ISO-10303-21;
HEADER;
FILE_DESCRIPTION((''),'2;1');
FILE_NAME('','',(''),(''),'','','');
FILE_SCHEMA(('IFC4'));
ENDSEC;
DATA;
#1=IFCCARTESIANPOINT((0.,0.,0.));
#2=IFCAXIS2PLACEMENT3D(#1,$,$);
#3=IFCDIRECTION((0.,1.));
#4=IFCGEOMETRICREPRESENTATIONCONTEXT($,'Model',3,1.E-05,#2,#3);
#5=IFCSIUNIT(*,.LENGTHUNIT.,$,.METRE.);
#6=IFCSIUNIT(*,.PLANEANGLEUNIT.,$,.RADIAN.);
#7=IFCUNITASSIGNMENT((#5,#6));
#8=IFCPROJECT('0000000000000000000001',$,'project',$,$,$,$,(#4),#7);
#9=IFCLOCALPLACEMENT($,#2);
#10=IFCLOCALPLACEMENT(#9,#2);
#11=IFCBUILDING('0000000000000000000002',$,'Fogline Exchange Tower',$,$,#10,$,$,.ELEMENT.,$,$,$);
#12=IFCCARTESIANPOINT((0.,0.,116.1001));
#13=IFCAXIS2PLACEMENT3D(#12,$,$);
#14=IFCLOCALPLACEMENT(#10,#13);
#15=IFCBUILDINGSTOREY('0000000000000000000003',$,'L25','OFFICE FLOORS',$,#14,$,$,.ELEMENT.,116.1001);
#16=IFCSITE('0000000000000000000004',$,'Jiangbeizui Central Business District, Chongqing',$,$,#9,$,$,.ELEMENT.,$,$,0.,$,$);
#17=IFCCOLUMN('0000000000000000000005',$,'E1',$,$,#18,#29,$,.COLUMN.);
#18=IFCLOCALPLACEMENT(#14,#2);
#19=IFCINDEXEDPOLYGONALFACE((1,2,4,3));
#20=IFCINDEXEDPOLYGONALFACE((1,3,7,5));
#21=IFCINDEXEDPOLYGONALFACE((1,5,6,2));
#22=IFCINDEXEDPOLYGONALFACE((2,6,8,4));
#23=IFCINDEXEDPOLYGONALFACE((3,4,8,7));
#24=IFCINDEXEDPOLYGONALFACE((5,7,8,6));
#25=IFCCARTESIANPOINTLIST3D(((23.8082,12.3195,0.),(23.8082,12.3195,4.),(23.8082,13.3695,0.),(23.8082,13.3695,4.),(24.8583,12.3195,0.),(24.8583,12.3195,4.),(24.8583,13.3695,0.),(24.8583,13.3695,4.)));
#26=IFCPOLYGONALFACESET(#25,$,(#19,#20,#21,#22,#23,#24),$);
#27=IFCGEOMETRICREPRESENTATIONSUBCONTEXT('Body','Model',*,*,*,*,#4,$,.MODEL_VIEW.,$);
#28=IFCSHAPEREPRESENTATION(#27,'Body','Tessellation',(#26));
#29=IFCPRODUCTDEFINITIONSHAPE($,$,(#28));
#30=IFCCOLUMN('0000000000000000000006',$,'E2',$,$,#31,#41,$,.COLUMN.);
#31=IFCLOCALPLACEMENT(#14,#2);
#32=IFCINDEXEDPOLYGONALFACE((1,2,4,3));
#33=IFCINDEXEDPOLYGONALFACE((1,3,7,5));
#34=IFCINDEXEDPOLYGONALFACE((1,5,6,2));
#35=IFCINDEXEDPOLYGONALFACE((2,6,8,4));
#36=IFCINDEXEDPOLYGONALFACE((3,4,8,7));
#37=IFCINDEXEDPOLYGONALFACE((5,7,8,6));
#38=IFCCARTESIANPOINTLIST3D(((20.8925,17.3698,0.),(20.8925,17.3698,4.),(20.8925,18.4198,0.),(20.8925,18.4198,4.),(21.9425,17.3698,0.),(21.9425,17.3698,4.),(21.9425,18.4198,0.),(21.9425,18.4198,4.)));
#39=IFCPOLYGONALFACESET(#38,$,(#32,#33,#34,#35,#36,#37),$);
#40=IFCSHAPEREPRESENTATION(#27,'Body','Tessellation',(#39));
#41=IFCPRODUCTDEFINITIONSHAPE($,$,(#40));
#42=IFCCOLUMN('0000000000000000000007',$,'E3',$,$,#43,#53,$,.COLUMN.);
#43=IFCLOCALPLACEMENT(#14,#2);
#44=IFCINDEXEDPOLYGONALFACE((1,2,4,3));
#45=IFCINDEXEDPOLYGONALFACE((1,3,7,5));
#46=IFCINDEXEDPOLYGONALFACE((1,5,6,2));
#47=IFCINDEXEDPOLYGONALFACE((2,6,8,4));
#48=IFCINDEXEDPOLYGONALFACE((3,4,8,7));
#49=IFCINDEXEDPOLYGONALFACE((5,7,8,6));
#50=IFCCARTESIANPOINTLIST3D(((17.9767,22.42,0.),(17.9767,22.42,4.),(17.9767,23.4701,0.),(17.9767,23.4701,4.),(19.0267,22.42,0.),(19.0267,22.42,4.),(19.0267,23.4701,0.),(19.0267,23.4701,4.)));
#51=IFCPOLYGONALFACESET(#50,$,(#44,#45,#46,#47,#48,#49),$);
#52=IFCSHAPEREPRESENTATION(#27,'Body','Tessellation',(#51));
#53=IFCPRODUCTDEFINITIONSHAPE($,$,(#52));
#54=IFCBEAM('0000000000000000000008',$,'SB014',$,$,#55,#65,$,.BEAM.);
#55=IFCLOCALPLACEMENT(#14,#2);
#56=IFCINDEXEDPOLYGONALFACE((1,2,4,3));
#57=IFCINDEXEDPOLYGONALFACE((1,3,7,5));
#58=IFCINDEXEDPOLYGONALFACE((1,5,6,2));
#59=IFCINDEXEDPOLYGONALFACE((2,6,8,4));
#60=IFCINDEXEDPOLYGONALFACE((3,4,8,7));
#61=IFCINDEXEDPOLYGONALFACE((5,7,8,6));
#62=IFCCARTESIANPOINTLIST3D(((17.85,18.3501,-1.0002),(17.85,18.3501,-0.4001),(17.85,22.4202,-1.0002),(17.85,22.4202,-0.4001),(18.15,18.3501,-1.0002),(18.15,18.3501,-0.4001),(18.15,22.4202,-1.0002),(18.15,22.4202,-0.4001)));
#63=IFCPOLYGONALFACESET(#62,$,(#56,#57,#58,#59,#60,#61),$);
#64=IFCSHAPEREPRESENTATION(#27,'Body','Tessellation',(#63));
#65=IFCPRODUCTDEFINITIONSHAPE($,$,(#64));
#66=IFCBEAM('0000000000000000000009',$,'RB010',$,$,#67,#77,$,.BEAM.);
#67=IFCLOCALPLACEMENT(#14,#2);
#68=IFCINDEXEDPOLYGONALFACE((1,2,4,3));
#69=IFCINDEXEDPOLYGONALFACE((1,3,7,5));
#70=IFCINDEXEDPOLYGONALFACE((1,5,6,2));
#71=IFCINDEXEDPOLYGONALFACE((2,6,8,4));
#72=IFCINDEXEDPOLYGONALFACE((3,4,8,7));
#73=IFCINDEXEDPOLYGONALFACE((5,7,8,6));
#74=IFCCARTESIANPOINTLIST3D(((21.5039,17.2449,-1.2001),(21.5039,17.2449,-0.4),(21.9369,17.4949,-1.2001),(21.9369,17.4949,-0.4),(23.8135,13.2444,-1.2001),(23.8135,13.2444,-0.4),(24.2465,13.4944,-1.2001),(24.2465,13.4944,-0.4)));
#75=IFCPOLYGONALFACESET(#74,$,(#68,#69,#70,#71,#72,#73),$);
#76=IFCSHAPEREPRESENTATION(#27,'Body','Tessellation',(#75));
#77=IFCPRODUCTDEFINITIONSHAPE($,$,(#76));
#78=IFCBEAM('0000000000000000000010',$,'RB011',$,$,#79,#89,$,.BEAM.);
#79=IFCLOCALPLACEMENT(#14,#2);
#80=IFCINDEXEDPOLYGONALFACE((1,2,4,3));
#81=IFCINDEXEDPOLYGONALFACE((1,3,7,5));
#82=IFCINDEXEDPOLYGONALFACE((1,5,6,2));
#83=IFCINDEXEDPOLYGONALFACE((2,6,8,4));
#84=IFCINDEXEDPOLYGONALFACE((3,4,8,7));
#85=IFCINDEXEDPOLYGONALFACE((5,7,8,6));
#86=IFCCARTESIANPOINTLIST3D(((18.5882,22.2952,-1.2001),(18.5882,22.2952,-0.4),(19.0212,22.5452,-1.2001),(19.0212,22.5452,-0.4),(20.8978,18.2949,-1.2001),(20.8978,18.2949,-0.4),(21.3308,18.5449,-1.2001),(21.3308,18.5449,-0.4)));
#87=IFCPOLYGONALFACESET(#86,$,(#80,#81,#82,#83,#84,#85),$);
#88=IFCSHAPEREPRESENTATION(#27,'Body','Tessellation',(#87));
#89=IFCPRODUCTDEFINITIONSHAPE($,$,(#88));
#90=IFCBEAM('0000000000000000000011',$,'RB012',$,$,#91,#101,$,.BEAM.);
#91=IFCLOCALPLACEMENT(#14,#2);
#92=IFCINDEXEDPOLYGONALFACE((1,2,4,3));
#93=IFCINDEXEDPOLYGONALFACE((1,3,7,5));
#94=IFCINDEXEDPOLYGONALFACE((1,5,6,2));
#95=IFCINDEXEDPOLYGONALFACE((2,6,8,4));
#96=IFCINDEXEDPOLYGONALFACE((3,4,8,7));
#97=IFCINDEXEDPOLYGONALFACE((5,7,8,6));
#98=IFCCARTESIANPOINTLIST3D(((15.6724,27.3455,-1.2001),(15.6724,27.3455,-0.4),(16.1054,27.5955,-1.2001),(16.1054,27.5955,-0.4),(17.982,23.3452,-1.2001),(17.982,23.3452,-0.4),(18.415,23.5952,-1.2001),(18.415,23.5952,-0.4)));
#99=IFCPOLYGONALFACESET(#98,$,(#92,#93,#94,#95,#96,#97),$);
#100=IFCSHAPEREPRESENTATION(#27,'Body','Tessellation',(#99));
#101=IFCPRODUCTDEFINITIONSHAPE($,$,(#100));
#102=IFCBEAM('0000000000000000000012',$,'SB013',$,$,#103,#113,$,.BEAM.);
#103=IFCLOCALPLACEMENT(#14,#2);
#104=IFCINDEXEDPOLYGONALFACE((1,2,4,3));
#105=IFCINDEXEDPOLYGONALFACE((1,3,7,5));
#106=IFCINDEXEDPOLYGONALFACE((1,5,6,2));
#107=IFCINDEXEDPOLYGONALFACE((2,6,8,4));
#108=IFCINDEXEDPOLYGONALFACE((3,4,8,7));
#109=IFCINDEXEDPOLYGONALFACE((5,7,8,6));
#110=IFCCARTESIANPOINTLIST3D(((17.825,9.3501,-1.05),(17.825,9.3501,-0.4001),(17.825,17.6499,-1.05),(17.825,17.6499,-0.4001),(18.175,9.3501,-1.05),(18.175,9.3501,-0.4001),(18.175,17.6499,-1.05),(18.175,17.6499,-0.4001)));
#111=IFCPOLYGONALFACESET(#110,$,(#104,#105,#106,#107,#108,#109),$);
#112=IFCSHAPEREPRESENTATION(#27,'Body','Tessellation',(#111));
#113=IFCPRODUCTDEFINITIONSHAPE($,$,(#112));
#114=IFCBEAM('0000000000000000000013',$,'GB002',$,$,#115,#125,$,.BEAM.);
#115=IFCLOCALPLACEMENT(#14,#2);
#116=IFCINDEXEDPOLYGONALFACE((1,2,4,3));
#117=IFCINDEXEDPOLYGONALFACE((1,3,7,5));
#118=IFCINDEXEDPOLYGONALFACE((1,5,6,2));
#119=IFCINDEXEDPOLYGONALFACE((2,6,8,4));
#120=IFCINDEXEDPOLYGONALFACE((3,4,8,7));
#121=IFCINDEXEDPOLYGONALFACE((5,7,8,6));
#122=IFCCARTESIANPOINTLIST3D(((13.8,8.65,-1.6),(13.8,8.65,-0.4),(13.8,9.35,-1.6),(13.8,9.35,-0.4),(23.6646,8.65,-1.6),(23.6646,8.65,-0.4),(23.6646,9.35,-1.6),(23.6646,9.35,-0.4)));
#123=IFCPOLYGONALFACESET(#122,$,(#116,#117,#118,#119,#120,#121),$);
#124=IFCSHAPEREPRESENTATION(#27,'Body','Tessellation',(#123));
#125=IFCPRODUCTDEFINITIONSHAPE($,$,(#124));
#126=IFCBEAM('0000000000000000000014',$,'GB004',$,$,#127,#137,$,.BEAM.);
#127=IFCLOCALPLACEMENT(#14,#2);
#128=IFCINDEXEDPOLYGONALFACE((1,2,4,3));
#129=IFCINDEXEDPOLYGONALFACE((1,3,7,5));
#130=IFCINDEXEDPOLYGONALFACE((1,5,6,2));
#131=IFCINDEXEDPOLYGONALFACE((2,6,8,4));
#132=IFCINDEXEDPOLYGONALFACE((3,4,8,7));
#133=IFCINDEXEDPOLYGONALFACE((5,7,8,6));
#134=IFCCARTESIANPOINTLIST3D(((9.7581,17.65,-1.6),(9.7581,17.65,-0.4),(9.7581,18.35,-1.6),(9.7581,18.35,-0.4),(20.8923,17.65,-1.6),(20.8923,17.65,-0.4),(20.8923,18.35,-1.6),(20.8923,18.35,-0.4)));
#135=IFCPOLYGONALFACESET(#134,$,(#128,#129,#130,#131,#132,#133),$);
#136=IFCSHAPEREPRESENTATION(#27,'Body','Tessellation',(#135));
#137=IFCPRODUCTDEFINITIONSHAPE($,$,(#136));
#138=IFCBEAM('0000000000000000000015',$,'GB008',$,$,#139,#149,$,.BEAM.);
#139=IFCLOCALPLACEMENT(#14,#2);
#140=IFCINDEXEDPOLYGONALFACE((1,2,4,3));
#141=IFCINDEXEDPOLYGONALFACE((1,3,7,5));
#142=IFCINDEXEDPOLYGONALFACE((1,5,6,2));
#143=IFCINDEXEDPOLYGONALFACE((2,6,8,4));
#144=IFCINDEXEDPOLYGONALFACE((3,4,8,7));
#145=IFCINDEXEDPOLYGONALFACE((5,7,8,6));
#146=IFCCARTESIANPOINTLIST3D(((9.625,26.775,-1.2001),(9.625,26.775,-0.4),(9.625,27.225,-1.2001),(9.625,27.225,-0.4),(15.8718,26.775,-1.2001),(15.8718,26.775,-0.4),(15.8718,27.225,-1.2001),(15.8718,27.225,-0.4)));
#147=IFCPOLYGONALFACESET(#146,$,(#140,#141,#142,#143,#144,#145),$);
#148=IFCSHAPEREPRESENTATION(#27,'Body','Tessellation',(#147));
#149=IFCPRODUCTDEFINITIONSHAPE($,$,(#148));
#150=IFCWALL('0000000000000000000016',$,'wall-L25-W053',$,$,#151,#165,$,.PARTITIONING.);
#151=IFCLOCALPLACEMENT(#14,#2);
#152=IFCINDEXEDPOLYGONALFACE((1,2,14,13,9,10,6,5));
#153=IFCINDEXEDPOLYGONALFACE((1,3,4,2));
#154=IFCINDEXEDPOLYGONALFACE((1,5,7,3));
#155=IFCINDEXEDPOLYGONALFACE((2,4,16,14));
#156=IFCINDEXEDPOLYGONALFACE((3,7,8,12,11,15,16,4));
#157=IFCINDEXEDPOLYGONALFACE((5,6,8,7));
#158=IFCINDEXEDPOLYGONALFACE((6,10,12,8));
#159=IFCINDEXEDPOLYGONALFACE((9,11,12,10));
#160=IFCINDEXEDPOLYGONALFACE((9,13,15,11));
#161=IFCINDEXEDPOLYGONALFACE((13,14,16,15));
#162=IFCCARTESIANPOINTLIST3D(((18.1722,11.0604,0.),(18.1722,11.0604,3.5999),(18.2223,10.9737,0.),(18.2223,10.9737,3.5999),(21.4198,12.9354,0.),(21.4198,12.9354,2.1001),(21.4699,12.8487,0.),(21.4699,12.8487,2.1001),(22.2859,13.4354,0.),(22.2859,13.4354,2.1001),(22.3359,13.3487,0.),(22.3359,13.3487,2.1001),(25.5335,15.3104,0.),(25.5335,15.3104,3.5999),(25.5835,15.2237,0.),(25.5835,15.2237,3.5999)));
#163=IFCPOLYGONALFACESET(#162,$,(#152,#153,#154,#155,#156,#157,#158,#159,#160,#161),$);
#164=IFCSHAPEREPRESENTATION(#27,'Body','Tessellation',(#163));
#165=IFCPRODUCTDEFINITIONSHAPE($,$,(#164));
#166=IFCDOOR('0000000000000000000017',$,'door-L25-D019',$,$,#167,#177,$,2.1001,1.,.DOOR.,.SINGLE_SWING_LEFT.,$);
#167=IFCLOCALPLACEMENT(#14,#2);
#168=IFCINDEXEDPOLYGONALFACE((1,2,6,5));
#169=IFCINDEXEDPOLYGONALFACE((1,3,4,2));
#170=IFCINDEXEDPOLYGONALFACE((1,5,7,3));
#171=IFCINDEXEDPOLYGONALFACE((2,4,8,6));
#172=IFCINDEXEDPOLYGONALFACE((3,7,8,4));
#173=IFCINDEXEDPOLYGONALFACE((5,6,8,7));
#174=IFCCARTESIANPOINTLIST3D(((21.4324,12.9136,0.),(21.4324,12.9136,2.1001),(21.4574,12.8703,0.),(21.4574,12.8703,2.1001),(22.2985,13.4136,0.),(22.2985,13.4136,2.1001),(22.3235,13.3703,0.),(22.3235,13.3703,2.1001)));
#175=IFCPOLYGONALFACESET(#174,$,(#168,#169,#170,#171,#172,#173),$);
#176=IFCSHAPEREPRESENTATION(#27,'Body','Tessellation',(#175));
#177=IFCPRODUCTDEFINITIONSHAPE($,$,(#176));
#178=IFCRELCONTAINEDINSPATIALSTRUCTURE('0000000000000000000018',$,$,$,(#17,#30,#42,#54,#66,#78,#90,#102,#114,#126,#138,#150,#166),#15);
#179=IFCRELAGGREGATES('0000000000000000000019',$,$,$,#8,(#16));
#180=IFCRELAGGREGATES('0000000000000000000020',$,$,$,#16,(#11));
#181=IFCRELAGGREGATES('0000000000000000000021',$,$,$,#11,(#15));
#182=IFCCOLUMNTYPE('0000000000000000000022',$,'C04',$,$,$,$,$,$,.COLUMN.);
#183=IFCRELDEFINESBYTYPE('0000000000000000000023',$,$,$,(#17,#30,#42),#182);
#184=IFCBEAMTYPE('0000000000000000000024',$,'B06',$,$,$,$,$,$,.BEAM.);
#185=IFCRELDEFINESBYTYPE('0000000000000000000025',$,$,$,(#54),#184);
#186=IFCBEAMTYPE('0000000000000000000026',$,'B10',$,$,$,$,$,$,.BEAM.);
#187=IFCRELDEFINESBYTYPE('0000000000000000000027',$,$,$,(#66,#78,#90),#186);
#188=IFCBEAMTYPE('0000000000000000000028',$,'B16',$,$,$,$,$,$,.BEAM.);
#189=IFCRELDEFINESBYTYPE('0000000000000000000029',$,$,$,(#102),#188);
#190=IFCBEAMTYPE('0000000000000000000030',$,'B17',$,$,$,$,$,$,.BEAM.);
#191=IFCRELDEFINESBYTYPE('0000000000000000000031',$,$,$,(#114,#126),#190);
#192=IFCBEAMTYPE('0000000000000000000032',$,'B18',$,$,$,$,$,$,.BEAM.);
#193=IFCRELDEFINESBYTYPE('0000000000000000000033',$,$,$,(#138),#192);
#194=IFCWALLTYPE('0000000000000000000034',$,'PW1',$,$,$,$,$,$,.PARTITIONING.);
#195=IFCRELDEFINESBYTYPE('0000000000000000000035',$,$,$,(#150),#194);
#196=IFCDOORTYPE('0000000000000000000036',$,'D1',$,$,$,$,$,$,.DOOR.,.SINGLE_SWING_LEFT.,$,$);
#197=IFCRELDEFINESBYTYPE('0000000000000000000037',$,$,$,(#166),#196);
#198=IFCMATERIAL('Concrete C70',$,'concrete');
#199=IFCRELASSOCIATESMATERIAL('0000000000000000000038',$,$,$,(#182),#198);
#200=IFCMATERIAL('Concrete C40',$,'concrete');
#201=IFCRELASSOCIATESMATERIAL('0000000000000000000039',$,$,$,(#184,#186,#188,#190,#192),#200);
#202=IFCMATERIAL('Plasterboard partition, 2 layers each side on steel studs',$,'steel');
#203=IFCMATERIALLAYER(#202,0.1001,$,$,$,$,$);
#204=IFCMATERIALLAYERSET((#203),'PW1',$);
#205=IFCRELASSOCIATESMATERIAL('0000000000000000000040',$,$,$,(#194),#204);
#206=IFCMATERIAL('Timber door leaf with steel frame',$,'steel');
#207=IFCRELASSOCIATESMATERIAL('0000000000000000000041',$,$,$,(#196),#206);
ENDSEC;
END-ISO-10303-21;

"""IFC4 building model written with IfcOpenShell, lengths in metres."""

from ifc_helpers import new_model, si_unit, direction, frame, frame_2d, origin, origin_2d, place, context, subcontext, project, spatial, rectangle, extrude, material, layer, layer_set, material_profile, profile_set, type_object, element, fill, save


model = new_model("IFC4")

# Units and contexts
model_context = context("Model", 3, precision=1e-05, world=origin(), true_north=direction((0.0, 1.0)))
body_context = subcontext(model_context, "Body", "Model", "MODEL_VIEW")
ifc_project = project(units=[si_unit("LENGTHUNIT", "METRE"), si_unit("PLANEANGLEUNIT", "RADIAN")], contexts=[model_context])

# Site, building, storey
site_placement = place(None, origin())
site = spatial("IfcSite", under=ifc_project, at=site_placement, Name="Jiangbeizui Central Business District, Chongqing", CompositionType="ELEMENT", RefElevation=0.0)
building_placement = place(site_placement, origin())
building = spatial("IfcBuilding", under=site, at=building_placement, Name="Fogline Exchange Tower", CompositionType="ELEMENT")
storey_placement = place(building_placement, frame((0.0, 0.0, 116.1001)))
storey = spatial("IfcBuildingStorey", under=building, at=storey_placement, Name="L25", Description="OFFICE FLOORS", CompositionType="ELEMENT", Elevation=116.1001)

# Columns
ifc_material_1 = material(Name="Concrete C70", Category="concrete")
ifc_material_profile_1 = material_profile(ifc_material_1, rectangle(XDim=1.05, YDim=1.05, at=origin_2d()), Name="RC 1050x1050")
ifc_profile_set_1 = profile_set([ifc_material_profile_1], Name="Concrete C70")
column_type = type_object("IfcColumnType", Name="C04", PredefinedType="COLUMN", material=ifc_profile_set_1)
for number, where, z_axis, x_axis, name in (
    (1, (24.3333, 12.8445, 0.0), (0.0, 0.0, 1.0), (1.0, 0.0, 0.0), "E1"),
    (2, (21.4175, 17.8948, 0.0), (0.0, 0.0, 1.0), (1.0, 0.0, 0.0), "E2"),
    (3, (18.5017, 22.9451, 0.0), (0.0, 0.0, 1.0), (1.0, 0.0, 0.0), "E3"),
):
    element("IfcColumn", number, at=place(storey_placement, frame(where, z_axis=z_axis, x_axis=x_axis)), inside=storey, type_object=column_type, Name=name, PredefinedType="COLUMN", context=body_context, shape_type="SweptSolid", body=[
        extrude(rectangle(XDim=1.05, YDim=1.05, at=origin_2d()), origin(), (0.0, 0.0, 1.0), 4.0),
    ])

# Beams
ifc_material_2 = material(Name="Concrete C40", Category="concrete")
ifc_material_profile_2 = material_profile(ifc_material_2, rectangle(XDim=0.3, YDim=0.6001, at=origin_2d()), Name="RC 300x600")
ifc_profile_set_2 = profile_set([ifc_material_profile_2], Name="Concrete C40")
beam_type_1 = type_object("IfcBeamType", Name="B06", PredefinedType="BEAM", material=ifc_profile_set_2)
beam_1_placement = place(storey_placement, frame((18.0, 18.3501, -0.7002), z_axis=(0.0, 1.0, 0.0), x_axis=(-1.0, 0.0, 0.0)))
element("IfcBeam", 4, at=beam_1_placement, inside=storey, type_object=beam_type_1, Name="SB014", PredefinedType="BEAM", context=body_context, shape_type="SweptSolid", body=[
    extrude(rectangle(XDim=0.3, YDim=0.6001, at=origin_2d()), origin(), (0.0, 0.0, 1.0), 4.0701),
])
ifc_material_profile_3 = material_profile(ifc_material_2, rectangle(XDim=0.5, YDim=0.8, at=origin_2d()), Name="RC 500x800")
ifc_profile_set_3 = profile_set([ifc_material_profile_3], Name="Concrete C40")
beam_type_2 = type_object("IfcBeamType", Name="B10", PredefinedType="BEAM", material=ifc_profile_set_3)
beam_2_placement = place(storey_placement, frame((24.03, 13.3694, -0.8), z_axis=(-0.499982, 0.866036, 0.0), x_axis=(-0.866036, -0.499982, 0.0)))
element("IfcBeam", 5, at=beam_2_placement, inside=storey, type_object=beam_type_2, Name="RB010", PredefinedType="BEAM", context=body_context, shape_type="SweptSolid", body=[
    extrude(rectangle(XDim=0.5, YDim=0.8, at=origin_2d()), origin(), (0.0, 0.0, 1.0), 4.6194),
])
for number, where, z_axis, x_axis, name in (
    (6, (21.1143, 18.4199, -0.8), (-0.500005, 0.866023, 0.0), (-0.866023, -0.500005, 0.0), "RB011"),
    (7, (18.1985, 23.4702, -0.8), (-0.500005, 0.866023, 0.0), (-0.866023, -0.500005, 0.0), "RB012"),
):
    element("IfcBeam", number, at=place(storey_placement, frame(where, z_axis=z_axis, x_axis=x_axis)), inside=storey, type_object=beam_type_2, Name=name, PredefinedType="BEAM", context=body_context, shape_type="SweptSolid", body=[
        extrude(rectangle(XDim=0.5, YDim=0.8, at=origin_2d()), origin(), (0.0, 0.0, 1.0), 4.6191),
    ])
ifc_material_profile_4 = material_profile(ifc_material_2, rectangle(XDim=0.3501, YDim=0.6499, at=origin_2d()), Name="RC 350x650")
ifc_profile_set_4 = profile_set([ifc_material_profile_4], Name="Concrete C40")
beam_type_3 = type_object("IfcBeamType", Name="B16", PredefinedType="BEAM", material=ifc_profile_set_4)
beam_3_placement = place(storey_placement, frame((18.0, 9.3501, -0.7251), z_axis=(0.0, 1.0, 0.0), x_axis=(-1.0, 0.0, 0.0)))
element("IfcBeam", 8, at=beam_3_placement, inside=storey, type_object=beam_type_3, Name="SB013", PredefinedType="BEAM", context=body_context, shape_type="SweptSolid", body=[
    extrude(rectangle(XDim=0.3501, YDim=0.6499, at=origin_2d()), origin(), (0.0, 0.0, 1.0), 8.2998),
])
ifc_material_profile_5 = material_profile(ifc_material_2, rectangle(XDim=0.7, YDim=1.2, at=origin_2d()), Name="RC 700x1200")
ifc_profile_set_5 = profile_set([ifc_material_profile_5], Name="Concrete C40")
beam_type_4 = type_object("IfcBeamType", Name="B17", PredefinedType="BEAM", material=ifc_profile_set_5)
beam_4_placement = place(storey_placement, frame((13.8, 9.0, -1.0), z_axis=(1.0, 0.0, 0.0), x_axis=(0.0, 1.0, 0.0)))
element("IfcBeam", 9, at=beam_4_placement, inside=storey, type_object=beam_type_4, Name="GB002", PredefinedType="BEAM", context=body_context, shape_type="SweptSolid", body=[
    extrude(rectangle(XDim=0.7, YDim=1.2, at=origin_2d()), origin(), (0.0, 0.0, 1.0), 9.8645),
])
beam_5_placement = place(storey_placement, frame((9.7581, 18.0, -1.0), z_axis=(1.0, 0.0, 0.0), x_axis=(0.0, 1.0, 0.0)))
element("IfcBeam", 10, at=beam_5_placement, inside=storey, type_object=beam_type_4, Name="GB004", PredefinedType="BEAM", context=body_context, shape_type="SweptSolid", body=[
    extrude(rectangle(XDim=0.7, YDim=1.2, at=origin_2d()), origin(), (0.0, 0.0, 1.0), 11.1343),
])
ifc_material_profile_6 = material_profile(ifc_material_2, rectangle(XDim=0.45, YDim=0.8, at=origin_2d()), Name="RC 450x800")
ifc_profile_set_6 = profile_set([ifc_material_profile_6], Name="Concrete C40")
beam_type_5 = type_object("IfcBeamType", Name="B18", PredefinedType="BEAM", material=ifc_profile_set_6)
beam_6_placement = place(storey_placement, frame((9.625, 27.0, -0.8), z_axis=(1.0, 0.0, 0.0), x_axis=(0.0, 1.0, 0.0)))
element("IfcBeam", 11, at=beam_6_placement, inside=storey, type_object=beam_type_5, Name="GB008", PredefinedType="BEAM", context=body_context, shape_type="SweptSolid", body=[
    extrude(rectangle(XDim=0.45, YDim=0.8, at=origin_2d()), origin(), (0.0, 0.0, 1.0), 6.2468),
])

# Wall, opening, door
ifc_material_3 = material(Name="Plasterboard partition, 2 layers each side on steel studs", Category="steel")
ifc_layer_1 = layer(ifc_material_3, 0.1001)
ifc_layer_set_1 = layer_set([ifc_layer_1], Name="PW1")
wall_type_1 = type_object("IfcWallType", Name="PW1", PredefinedType="PARTITIONING", material=ifc_layer_set_1)
wall_1_placement = place(storey_placement, frame((18.1973, 11.0171, 0.0), z_axis=(0.0, 0.0, 1.0), x_axis=(0.866029, 0.499994, 0.0)))
wall_1 = element("IfcWall", 12, at=wall_1_placement, inside=storey, type_object=wall_type_1, Name="wall-L25-W053", PredefinedType="PARTITIONING", context=body_context, shape_type="SweptSolid", body=[
    extrude(rectangle(XDim=8.5, YDim=0.1001, at=frame_2d((4.25, 0.0))), origin(), (0.0, 0.0, 1.0), 3.5999),
])
opening_1_placement = place(wall_1_placement, frame((3.75, 0.0, 0.0)))
opening_1 = element("IfcOpeningElement", 13, at=opening_1_placement, cuts=wall_1, PredefinedType="OPENING", context=body_context, shape_type="SweptSolid", body=[
    extrude(rectangle(XDim=1.0, YDim=2.1001, at=frame_2d((0.5, 1.05))), frame((0.0, 0.0601, 0.0), z_axis=(0.0, -1.0, 0.0), x_axis=(1.0, 0.0, 0.0)), (0.0, 0.0, 1.0), 0.1201),
])
ifc_material_4 = material(Name="Timber door leaf with steel frame", Category="steel")
door_type_1 = type_object("IfcDoorType", Name="D1", OperationType="SINGLE_SWING_LEFT", PredefinedType="DOOR", material=ifc_material_4)
door_1_placement = place(opening_1_placement, origin())
door_1 = element("IfcDoor", 14, at=door_1_placement, inside=storey, type_object=door_type_1, Name="door-L25-D019", OperationType="SINGLE_SWING_LEFT", OverallHeight=2.1001, OverallWidth=1.0, PredefinedType="DOOR", context=body_context, shape_type="SweptSolid", body=[
    extrude(rectangle(XDim=1.0, YDim=2.1001, at=frame_2d((0.5, 1.05))), frame((0.0, 0.0249, 0.0), z_axis=(0.0, -1.0, 0.0), x_axis=(1.0, 0.0, 0.0)), (0.0, 0.0, 1.0), 0.05),
])
fill(opening_1, door_1)

save(model, "model.ifc")
